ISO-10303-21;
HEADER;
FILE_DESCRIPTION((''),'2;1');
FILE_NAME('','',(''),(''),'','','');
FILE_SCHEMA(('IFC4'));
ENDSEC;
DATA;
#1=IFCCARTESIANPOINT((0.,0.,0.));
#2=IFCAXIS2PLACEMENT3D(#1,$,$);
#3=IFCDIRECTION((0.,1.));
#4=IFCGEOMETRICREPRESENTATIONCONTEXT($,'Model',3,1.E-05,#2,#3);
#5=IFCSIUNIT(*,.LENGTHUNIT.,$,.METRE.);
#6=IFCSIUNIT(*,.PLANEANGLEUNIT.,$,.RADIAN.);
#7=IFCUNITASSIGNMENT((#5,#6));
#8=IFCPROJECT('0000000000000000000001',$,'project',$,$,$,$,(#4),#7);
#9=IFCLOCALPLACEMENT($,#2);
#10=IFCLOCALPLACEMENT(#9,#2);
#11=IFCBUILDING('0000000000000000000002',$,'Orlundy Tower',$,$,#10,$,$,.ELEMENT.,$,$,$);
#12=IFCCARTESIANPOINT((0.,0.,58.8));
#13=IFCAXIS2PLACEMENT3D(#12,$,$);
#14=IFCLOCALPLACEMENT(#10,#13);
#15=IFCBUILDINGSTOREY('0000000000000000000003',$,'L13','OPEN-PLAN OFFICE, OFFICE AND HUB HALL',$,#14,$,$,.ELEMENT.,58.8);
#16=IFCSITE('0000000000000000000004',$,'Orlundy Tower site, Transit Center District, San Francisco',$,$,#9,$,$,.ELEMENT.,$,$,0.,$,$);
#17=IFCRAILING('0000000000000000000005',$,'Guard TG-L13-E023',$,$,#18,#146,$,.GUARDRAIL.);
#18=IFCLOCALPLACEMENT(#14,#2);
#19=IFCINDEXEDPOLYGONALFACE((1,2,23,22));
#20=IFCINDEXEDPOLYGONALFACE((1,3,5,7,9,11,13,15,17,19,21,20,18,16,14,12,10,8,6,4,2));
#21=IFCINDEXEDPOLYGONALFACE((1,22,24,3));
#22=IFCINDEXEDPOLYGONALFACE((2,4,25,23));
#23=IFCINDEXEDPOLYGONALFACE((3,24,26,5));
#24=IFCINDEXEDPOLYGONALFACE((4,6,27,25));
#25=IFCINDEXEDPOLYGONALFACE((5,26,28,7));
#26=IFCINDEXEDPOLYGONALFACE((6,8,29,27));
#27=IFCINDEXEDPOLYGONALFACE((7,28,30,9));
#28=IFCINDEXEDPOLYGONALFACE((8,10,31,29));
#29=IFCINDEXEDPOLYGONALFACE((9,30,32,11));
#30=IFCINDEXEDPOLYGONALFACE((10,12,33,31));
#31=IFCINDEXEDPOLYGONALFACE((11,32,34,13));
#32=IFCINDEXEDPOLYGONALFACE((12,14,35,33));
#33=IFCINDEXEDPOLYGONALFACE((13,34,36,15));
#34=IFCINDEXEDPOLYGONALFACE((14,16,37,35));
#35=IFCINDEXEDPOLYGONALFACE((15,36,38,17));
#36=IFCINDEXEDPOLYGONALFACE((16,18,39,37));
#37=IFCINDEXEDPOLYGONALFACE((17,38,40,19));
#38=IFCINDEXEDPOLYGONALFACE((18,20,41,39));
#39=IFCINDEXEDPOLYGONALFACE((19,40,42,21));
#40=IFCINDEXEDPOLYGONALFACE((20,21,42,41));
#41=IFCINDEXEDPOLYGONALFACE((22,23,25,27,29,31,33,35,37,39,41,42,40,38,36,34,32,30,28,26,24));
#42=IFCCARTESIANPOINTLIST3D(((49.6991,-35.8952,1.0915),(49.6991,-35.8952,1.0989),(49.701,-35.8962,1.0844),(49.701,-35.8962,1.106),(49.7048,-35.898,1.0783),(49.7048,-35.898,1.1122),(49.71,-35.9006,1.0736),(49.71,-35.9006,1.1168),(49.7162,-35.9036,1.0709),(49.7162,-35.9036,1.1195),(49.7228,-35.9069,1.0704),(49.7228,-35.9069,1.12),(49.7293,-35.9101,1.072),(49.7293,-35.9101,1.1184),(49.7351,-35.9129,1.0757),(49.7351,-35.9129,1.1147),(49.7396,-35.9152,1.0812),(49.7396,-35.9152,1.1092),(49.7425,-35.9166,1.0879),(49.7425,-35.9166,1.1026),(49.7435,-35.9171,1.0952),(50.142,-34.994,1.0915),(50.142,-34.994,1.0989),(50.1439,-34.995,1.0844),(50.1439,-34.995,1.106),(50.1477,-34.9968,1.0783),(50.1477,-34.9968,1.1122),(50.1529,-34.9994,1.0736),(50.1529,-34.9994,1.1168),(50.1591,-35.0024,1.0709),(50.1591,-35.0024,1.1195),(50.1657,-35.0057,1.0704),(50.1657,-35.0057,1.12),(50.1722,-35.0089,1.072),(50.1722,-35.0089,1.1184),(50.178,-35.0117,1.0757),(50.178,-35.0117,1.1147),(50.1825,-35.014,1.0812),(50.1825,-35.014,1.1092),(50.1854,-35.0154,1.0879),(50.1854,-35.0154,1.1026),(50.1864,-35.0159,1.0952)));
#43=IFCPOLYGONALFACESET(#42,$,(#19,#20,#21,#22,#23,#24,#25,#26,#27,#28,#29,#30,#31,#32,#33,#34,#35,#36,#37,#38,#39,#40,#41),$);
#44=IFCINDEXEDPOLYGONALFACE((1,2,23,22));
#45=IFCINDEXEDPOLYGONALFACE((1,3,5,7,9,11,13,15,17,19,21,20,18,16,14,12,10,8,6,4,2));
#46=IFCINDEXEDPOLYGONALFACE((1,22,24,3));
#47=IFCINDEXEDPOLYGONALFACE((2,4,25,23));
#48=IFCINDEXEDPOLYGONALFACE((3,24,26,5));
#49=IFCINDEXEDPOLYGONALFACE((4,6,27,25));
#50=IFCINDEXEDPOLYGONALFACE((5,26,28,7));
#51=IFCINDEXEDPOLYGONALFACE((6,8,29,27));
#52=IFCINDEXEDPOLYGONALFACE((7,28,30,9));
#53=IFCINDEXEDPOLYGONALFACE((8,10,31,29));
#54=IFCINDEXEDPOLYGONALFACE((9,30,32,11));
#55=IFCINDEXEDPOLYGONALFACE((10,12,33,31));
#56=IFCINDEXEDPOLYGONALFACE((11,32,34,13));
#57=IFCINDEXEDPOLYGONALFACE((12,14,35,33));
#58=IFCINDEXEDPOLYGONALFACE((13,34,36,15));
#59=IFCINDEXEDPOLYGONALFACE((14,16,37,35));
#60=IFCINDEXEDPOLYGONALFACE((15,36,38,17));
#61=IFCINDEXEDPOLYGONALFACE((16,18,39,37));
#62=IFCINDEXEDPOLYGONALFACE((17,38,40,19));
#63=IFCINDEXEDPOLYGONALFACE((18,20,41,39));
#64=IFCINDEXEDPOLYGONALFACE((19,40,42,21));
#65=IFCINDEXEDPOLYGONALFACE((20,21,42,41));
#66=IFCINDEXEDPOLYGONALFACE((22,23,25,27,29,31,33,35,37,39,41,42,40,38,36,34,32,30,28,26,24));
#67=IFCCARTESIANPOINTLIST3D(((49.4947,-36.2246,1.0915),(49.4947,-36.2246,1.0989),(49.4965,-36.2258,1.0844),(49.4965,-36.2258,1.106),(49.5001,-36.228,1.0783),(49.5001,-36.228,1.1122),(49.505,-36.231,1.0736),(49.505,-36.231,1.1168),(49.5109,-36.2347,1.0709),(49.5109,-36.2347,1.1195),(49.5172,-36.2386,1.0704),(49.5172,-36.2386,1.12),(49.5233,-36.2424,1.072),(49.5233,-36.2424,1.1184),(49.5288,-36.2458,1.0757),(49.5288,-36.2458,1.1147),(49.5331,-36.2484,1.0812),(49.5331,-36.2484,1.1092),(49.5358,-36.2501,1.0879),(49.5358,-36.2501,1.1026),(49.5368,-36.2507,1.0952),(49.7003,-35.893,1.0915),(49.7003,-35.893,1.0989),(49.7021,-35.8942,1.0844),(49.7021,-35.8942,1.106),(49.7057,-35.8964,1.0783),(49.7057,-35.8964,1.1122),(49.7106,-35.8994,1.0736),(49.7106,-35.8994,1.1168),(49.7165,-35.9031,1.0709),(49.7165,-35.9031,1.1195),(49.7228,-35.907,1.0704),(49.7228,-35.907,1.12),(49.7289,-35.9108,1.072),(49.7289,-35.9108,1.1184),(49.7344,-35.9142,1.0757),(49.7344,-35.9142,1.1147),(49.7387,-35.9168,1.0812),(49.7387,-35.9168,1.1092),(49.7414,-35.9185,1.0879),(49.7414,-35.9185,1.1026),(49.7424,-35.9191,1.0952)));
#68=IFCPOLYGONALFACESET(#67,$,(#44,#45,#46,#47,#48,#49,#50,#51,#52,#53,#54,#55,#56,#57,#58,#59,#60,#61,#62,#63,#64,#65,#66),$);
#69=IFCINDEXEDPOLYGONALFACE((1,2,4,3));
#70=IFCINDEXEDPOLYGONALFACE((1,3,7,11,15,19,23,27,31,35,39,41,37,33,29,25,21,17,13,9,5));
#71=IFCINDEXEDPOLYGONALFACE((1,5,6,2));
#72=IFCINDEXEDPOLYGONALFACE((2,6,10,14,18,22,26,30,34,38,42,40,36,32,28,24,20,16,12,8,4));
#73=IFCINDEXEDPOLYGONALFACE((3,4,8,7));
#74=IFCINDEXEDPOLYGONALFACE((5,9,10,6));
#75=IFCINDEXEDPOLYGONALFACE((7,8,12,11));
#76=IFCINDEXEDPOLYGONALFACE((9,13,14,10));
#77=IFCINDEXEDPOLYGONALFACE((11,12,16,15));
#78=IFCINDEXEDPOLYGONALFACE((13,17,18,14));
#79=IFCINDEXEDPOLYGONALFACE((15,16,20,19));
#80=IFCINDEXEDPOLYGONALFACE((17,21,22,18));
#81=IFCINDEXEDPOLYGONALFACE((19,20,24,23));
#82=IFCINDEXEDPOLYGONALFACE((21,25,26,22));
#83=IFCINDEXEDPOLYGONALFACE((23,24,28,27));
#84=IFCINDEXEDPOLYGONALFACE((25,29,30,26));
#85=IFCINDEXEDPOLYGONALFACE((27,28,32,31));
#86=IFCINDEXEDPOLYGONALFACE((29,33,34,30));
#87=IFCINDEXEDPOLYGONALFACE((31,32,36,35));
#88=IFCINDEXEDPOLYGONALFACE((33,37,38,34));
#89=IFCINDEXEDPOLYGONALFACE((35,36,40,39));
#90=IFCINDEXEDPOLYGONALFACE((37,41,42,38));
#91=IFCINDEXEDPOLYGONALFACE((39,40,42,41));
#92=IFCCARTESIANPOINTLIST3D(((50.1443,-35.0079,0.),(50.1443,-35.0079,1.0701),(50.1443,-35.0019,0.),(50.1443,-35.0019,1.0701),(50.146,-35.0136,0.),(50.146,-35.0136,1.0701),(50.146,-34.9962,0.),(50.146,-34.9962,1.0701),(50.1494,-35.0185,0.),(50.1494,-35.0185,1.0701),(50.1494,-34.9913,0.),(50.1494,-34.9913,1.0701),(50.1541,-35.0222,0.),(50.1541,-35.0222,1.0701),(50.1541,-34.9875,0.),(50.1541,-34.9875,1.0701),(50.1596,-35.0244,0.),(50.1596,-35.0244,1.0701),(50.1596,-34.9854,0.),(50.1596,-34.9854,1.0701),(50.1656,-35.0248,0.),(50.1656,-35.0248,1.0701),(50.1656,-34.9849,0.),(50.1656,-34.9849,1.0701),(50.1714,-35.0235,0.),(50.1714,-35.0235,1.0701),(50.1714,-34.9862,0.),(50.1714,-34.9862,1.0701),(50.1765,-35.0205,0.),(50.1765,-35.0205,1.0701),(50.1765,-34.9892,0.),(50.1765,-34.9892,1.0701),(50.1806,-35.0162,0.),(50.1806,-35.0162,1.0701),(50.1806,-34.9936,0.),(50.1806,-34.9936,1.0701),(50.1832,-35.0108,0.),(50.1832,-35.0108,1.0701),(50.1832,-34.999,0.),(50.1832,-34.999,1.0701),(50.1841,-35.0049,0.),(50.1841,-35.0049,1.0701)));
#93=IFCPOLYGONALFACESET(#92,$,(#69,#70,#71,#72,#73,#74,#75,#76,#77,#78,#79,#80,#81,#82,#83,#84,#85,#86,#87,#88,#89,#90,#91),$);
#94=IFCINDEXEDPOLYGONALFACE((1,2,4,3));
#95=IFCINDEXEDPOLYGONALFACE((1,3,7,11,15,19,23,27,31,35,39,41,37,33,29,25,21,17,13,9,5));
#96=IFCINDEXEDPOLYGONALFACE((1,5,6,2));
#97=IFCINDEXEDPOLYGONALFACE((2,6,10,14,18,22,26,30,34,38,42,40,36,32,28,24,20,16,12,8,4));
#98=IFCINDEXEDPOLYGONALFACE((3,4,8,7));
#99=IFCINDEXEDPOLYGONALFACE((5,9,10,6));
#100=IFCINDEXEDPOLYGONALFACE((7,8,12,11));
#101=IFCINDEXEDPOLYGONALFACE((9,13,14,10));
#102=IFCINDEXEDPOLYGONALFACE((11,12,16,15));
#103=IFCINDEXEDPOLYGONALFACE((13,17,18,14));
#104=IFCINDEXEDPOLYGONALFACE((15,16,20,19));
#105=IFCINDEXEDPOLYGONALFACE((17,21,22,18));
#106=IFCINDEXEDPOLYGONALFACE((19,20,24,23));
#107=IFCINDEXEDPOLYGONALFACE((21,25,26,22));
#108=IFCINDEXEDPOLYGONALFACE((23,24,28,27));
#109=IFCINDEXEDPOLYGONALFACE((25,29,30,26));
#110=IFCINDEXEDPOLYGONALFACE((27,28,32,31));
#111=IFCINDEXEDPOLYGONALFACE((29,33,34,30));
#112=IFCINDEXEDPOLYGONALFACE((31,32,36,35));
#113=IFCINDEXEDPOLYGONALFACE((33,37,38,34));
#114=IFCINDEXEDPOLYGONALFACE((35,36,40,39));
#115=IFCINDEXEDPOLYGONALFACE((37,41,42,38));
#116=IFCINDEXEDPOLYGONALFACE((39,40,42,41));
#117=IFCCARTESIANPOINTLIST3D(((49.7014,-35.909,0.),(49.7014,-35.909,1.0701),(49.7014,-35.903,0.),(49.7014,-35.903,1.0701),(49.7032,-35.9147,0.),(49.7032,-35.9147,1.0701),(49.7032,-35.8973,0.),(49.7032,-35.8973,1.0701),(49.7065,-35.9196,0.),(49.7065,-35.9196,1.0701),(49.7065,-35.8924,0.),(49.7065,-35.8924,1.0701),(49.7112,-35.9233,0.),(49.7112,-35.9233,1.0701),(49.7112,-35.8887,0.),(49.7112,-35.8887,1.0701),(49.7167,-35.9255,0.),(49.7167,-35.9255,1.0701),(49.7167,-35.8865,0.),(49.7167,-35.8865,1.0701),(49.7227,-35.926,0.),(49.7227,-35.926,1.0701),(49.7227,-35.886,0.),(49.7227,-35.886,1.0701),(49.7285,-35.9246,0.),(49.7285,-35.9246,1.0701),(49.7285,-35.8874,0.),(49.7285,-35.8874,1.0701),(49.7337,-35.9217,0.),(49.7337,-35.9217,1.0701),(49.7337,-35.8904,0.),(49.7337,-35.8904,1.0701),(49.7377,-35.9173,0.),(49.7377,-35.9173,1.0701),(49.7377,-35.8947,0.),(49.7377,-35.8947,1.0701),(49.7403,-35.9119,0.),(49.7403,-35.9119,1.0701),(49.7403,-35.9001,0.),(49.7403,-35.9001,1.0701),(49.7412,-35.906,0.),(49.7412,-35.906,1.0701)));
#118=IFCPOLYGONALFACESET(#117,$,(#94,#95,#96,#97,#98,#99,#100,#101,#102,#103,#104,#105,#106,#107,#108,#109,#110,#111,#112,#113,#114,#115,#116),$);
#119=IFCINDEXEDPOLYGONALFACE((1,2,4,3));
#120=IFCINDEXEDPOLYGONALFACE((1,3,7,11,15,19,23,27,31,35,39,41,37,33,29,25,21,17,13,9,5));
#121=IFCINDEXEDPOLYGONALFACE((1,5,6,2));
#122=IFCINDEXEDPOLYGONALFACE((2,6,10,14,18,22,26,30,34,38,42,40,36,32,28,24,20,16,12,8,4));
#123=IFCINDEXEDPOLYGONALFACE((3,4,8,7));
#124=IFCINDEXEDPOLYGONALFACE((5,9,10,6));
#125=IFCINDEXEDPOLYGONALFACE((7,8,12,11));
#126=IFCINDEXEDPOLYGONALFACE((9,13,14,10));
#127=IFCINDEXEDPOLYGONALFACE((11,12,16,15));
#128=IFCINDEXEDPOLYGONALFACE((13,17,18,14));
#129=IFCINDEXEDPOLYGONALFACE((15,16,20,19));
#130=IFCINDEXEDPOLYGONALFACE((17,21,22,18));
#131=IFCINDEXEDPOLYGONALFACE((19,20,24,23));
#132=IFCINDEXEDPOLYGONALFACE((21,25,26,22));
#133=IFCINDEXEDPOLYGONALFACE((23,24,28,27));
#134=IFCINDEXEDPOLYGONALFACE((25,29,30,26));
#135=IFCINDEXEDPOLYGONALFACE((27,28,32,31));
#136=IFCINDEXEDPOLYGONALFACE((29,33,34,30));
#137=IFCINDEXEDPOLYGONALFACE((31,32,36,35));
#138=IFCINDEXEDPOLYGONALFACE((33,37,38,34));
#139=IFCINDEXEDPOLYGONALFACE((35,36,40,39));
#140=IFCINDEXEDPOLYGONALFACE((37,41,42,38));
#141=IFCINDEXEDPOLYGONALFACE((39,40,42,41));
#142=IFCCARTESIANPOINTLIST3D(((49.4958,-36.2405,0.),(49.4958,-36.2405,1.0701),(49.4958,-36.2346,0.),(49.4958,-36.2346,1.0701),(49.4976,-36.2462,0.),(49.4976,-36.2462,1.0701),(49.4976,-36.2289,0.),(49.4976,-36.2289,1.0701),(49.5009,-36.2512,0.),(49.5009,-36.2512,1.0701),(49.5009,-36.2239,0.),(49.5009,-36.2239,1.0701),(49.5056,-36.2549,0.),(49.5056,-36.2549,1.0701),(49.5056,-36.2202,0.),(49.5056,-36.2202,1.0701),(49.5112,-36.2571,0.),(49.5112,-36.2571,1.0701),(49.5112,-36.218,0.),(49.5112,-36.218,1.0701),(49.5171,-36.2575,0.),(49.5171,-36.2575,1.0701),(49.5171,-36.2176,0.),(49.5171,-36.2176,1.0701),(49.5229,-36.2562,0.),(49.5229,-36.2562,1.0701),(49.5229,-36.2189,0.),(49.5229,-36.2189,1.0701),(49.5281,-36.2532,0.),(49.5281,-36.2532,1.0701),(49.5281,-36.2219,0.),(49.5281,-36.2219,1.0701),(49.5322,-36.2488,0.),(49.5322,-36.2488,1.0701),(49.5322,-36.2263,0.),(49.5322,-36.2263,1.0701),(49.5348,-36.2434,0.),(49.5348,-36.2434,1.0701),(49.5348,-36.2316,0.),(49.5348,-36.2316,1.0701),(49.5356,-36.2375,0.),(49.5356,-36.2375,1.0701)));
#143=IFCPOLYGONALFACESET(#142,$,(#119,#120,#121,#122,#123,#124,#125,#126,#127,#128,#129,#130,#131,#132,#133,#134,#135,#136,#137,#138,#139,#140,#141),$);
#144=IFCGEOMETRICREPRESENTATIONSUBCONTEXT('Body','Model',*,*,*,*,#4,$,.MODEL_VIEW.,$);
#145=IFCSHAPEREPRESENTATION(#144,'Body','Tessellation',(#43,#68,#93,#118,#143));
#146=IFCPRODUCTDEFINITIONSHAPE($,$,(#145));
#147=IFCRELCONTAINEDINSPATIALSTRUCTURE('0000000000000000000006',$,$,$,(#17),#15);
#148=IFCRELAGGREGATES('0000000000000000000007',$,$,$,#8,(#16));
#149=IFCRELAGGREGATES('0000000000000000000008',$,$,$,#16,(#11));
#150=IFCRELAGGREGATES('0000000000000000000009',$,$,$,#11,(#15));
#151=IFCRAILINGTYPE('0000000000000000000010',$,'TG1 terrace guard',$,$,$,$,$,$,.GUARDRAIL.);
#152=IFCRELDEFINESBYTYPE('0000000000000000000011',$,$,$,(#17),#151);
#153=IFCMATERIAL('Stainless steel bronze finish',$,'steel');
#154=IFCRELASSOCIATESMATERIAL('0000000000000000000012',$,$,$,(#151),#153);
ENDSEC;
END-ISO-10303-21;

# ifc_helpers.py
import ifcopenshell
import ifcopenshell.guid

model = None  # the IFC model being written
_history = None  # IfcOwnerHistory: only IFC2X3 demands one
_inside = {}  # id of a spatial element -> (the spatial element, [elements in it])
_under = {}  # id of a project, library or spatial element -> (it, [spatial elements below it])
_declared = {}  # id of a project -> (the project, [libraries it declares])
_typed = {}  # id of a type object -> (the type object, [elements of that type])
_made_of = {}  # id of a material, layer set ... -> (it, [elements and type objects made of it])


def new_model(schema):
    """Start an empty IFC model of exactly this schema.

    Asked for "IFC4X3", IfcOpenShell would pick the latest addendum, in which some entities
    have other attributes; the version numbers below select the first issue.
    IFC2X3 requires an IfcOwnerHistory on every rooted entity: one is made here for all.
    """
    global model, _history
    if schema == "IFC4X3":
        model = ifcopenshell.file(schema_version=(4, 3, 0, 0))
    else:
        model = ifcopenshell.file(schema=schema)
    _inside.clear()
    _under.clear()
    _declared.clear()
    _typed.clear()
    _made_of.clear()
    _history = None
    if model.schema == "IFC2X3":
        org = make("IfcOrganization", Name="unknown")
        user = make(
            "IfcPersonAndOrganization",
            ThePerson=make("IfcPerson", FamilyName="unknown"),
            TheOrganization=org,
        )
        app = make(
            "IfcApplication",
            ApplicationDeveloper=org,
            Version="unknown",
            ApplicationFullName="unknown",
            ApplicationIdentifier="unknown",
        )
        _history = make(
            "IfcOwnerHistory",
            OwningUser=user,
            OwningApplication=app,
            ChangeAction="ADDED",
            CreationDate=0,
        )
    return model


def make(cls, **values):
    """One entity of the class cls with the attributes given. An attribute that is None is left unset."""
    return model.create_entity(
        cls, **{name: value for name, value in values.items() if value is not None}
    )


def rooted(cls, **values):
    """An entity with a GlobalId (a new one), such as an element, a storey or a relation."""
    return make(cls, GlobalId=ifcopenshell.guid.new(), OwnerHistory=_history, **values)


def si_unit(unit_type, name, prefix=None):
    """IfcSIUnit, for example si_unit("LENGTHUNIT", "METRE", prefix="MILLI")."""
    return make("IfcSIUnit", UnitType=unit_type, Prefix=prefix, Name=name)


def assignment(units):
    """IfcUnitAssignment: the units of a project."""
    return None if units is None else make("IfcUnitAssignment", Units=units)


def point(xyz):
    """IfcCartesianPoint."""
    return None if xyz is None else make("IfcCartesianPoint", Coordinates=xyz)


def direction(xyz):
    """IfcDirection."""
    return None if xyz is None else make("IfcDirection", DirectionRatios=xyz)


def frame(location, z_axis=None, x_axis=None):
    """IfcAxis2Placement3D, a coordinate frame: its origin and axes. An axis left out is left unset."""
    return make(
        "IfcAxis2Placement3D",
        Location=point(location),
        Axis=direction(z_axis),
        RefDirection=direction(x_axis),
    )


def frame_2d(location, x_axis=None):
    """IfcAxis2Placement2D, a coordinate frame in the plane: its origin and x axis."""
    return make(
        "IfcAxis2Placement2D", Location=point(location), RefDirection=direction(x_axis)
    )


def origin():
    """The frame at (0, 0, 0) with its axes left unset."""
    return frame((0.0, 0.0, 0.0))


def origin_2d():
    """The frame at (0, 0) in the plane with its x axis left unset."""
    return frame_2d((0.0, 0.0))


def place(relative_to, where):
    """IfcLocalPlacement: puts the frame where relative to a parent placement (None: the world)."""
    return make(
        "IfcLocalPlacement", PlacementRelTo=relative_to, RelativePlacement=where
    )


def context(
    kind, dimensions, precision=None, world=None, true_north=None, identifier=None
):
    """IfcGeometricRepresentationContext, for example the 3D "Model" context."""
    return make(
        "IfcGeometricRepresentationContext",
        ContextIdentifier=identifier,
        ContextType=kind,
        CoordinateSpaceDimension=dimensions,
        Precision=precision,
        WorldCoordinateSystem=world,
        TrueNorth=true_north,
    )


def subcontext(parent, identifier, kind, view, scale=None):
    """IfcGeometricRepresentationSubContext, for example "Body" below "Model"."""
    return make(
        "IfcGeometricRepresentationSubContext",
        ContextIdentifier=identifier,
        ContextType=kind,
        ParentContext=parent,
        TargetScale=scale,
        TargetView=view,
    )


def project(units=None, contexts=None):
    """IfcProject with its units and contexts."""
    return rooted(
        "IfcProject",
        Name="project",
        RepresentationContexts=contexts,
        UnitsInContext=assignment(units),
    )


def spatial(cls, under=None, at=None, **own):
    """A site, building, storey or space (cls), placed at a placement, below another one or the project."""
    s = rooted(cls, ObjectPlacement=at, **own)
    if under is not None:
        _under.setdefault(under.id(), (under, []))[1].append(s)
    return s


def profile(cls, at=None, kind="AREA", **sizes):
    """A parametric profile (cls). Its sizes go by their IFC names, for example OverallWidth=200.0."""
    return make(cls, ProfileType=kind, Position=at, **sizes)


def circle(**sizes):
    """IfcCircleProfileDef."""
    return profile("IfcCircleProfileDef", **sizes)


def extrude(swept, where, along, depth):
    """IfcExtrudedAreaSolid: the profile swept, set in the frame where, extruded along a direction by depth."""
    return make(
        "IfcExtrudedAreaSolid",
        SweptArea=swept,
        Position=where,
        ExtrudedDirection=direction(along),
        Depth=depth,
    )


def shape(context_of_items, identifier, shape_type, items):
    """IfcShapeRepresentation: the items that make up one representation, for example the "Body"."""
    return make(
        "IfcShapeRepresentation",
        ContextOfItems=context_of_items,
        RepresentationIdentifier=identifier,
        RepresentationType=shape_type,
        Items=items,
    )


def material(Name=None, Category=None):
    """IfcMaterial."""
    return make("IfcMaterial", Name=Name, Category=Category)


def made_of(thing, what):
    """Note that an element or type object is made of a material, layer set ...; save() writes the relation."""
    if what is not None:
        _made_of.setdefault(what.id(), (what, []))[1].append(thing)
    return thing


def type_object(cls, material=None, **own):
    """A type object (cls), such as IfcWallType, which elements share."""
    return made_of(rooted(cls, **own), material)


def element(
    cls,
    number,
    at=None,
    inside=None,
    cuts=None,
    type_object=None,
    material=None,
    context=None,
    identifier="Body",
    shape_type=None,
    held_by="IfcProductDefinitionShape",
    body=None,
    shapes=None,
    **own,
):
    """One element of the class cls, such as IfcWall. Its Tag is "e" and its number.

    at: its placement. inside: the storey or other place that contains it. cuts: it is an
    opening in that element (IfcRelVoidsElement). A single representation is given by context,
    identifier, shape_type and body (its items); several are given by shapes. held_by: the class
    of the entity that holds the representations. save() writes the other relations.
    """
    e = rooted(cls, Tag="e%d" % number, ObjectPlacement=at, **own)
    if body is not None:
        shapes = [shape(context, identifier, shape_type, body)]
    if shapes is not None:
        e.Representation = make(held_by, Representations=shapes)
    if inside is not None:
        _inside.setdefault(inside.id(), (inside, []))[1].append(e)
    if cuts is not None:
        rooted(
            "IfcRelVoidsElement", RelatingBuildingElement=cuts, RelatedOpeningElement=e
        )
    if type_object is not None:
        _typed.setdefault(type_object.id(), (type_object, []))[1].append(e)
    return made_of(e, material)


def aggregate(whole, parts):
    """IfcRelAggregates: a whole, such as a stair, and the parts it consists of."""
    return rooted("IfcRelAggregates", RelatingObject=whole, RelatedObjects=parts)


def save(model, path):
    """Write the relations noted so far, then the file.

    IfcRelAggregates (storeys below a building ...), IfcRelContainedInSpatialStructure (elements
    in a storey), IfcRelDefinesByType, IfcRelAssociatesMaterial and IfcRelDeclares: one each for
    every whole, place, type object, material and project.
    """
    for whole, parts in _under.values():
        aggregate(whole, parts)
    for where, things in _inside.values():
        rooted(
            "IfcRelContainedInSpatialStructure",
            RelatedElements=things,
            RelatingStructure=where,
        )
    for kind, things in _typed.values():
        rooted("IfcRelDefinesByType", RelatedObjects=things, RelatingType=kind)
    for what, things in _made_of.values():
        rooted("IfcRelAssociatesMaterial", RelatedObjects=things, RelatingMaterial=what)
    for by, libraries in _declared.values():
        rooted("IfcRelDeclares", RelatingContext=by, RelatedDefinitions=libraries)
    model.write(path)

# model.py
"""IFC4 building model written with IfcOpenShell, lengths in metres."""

from ifc_helpers import new_model, si_unit, direction, frame, origin, origin_2d, place, context, subcontext, project, spatial, circle, extrude, material, type_object, element, save


model = new_model("IFC4")

# Units and contexts
model_context = context("Model", 3, precision=1e-05, world=origin(), true_north=direction((0.0, 1.0)))
body_context = subcontext(model_context, "Body", "Model", "MODEL_VIEW")
ifc_project = project(units=[si_unit("LENGTHUNIT", "METRE"), si_unit("PLANEANGLEUNIT", "RADIAN")], contexts=[model_context])

# Site, building, storey
site_placement = place(None, origin())
site = spatial("IfcSite", under=ifc_project, at=site_placement, Name="Orlundy Tower site, Transit Center District, San Francisco", CompositionType="ELEMENT", RefElevation=0.0)
building_placement = place(site_placement, origin())
building = spatial("IfcBuilding", under=site, at=building_placement, Name="Orlundy Tower", CompositionType="ELEMENT")
storey_placement = place(building_placement, frame((0.0, 0.0, 58.8)))
storey = spatial("IfcBuildingStorey", under=building, at=storey_placement, Name="L13", Description="OPEN-PLAN OFFICE, OFFICE AND HUB HALL", CompositionType="ELEMENT", Elevation=58.8)

# Railing
ifc_material_1 = material(Name="Stainless steel bronze finish", Category="steel")
railing_type = type_object("IfcRailingType", Name="TG1 terrace guard", PredefinedType="GUARDRAIL", material=ifc_material_1)
railing_1_placement = place(storey_placement, frame((50.1641, -35.0049, 0.0)))
element("IfcRailing", 1, at=railing_1_placement, inside=storey, type_object=railing_type, Name="Guard TG-L13-E023", PredefinedType="GUARDRAIL", context=body_context, shape_type="SweptSolid", body=[
    extrude(circle(Radius=0.0249, at=origin_2d()), frame((0.0, 0.0, 1.0952), z_axis=(-0.441076, -0.89747, 0.0), x_axis=(0.89747, -0.441076, 0.0)), (0.0, 0.0, 1.0), 1.0042),
    extrude(circle(Radius=0.0249, at=origin_2d()), frame((-0.4429, -0.9011, 1.0952), z_axis=(-0.526958, -0.849891, 0.0), x_axis=(0.849891, -0.526958, 0.0)), (0.0, 0.0, 1.0), 0.3901),
    extrude(circle(Radius=0.02, at=origin_2d()), origin(), (0.0, 0.0, 1.0), 1.0701),
    extrude(circle(Radius=0.02, at=origin_2d()), frame((-0.4429, -0.9011, 0.0)), (0.0, 0.0, 1.0), 1.0701),
    extrude(circle(Radius=0.02, at=origin_2d()), frame((-0.6484, -1.2327, 0.0)), (0.0, 0.0, 1.0), 1.0701),
])

save(model, "model.ifc")
